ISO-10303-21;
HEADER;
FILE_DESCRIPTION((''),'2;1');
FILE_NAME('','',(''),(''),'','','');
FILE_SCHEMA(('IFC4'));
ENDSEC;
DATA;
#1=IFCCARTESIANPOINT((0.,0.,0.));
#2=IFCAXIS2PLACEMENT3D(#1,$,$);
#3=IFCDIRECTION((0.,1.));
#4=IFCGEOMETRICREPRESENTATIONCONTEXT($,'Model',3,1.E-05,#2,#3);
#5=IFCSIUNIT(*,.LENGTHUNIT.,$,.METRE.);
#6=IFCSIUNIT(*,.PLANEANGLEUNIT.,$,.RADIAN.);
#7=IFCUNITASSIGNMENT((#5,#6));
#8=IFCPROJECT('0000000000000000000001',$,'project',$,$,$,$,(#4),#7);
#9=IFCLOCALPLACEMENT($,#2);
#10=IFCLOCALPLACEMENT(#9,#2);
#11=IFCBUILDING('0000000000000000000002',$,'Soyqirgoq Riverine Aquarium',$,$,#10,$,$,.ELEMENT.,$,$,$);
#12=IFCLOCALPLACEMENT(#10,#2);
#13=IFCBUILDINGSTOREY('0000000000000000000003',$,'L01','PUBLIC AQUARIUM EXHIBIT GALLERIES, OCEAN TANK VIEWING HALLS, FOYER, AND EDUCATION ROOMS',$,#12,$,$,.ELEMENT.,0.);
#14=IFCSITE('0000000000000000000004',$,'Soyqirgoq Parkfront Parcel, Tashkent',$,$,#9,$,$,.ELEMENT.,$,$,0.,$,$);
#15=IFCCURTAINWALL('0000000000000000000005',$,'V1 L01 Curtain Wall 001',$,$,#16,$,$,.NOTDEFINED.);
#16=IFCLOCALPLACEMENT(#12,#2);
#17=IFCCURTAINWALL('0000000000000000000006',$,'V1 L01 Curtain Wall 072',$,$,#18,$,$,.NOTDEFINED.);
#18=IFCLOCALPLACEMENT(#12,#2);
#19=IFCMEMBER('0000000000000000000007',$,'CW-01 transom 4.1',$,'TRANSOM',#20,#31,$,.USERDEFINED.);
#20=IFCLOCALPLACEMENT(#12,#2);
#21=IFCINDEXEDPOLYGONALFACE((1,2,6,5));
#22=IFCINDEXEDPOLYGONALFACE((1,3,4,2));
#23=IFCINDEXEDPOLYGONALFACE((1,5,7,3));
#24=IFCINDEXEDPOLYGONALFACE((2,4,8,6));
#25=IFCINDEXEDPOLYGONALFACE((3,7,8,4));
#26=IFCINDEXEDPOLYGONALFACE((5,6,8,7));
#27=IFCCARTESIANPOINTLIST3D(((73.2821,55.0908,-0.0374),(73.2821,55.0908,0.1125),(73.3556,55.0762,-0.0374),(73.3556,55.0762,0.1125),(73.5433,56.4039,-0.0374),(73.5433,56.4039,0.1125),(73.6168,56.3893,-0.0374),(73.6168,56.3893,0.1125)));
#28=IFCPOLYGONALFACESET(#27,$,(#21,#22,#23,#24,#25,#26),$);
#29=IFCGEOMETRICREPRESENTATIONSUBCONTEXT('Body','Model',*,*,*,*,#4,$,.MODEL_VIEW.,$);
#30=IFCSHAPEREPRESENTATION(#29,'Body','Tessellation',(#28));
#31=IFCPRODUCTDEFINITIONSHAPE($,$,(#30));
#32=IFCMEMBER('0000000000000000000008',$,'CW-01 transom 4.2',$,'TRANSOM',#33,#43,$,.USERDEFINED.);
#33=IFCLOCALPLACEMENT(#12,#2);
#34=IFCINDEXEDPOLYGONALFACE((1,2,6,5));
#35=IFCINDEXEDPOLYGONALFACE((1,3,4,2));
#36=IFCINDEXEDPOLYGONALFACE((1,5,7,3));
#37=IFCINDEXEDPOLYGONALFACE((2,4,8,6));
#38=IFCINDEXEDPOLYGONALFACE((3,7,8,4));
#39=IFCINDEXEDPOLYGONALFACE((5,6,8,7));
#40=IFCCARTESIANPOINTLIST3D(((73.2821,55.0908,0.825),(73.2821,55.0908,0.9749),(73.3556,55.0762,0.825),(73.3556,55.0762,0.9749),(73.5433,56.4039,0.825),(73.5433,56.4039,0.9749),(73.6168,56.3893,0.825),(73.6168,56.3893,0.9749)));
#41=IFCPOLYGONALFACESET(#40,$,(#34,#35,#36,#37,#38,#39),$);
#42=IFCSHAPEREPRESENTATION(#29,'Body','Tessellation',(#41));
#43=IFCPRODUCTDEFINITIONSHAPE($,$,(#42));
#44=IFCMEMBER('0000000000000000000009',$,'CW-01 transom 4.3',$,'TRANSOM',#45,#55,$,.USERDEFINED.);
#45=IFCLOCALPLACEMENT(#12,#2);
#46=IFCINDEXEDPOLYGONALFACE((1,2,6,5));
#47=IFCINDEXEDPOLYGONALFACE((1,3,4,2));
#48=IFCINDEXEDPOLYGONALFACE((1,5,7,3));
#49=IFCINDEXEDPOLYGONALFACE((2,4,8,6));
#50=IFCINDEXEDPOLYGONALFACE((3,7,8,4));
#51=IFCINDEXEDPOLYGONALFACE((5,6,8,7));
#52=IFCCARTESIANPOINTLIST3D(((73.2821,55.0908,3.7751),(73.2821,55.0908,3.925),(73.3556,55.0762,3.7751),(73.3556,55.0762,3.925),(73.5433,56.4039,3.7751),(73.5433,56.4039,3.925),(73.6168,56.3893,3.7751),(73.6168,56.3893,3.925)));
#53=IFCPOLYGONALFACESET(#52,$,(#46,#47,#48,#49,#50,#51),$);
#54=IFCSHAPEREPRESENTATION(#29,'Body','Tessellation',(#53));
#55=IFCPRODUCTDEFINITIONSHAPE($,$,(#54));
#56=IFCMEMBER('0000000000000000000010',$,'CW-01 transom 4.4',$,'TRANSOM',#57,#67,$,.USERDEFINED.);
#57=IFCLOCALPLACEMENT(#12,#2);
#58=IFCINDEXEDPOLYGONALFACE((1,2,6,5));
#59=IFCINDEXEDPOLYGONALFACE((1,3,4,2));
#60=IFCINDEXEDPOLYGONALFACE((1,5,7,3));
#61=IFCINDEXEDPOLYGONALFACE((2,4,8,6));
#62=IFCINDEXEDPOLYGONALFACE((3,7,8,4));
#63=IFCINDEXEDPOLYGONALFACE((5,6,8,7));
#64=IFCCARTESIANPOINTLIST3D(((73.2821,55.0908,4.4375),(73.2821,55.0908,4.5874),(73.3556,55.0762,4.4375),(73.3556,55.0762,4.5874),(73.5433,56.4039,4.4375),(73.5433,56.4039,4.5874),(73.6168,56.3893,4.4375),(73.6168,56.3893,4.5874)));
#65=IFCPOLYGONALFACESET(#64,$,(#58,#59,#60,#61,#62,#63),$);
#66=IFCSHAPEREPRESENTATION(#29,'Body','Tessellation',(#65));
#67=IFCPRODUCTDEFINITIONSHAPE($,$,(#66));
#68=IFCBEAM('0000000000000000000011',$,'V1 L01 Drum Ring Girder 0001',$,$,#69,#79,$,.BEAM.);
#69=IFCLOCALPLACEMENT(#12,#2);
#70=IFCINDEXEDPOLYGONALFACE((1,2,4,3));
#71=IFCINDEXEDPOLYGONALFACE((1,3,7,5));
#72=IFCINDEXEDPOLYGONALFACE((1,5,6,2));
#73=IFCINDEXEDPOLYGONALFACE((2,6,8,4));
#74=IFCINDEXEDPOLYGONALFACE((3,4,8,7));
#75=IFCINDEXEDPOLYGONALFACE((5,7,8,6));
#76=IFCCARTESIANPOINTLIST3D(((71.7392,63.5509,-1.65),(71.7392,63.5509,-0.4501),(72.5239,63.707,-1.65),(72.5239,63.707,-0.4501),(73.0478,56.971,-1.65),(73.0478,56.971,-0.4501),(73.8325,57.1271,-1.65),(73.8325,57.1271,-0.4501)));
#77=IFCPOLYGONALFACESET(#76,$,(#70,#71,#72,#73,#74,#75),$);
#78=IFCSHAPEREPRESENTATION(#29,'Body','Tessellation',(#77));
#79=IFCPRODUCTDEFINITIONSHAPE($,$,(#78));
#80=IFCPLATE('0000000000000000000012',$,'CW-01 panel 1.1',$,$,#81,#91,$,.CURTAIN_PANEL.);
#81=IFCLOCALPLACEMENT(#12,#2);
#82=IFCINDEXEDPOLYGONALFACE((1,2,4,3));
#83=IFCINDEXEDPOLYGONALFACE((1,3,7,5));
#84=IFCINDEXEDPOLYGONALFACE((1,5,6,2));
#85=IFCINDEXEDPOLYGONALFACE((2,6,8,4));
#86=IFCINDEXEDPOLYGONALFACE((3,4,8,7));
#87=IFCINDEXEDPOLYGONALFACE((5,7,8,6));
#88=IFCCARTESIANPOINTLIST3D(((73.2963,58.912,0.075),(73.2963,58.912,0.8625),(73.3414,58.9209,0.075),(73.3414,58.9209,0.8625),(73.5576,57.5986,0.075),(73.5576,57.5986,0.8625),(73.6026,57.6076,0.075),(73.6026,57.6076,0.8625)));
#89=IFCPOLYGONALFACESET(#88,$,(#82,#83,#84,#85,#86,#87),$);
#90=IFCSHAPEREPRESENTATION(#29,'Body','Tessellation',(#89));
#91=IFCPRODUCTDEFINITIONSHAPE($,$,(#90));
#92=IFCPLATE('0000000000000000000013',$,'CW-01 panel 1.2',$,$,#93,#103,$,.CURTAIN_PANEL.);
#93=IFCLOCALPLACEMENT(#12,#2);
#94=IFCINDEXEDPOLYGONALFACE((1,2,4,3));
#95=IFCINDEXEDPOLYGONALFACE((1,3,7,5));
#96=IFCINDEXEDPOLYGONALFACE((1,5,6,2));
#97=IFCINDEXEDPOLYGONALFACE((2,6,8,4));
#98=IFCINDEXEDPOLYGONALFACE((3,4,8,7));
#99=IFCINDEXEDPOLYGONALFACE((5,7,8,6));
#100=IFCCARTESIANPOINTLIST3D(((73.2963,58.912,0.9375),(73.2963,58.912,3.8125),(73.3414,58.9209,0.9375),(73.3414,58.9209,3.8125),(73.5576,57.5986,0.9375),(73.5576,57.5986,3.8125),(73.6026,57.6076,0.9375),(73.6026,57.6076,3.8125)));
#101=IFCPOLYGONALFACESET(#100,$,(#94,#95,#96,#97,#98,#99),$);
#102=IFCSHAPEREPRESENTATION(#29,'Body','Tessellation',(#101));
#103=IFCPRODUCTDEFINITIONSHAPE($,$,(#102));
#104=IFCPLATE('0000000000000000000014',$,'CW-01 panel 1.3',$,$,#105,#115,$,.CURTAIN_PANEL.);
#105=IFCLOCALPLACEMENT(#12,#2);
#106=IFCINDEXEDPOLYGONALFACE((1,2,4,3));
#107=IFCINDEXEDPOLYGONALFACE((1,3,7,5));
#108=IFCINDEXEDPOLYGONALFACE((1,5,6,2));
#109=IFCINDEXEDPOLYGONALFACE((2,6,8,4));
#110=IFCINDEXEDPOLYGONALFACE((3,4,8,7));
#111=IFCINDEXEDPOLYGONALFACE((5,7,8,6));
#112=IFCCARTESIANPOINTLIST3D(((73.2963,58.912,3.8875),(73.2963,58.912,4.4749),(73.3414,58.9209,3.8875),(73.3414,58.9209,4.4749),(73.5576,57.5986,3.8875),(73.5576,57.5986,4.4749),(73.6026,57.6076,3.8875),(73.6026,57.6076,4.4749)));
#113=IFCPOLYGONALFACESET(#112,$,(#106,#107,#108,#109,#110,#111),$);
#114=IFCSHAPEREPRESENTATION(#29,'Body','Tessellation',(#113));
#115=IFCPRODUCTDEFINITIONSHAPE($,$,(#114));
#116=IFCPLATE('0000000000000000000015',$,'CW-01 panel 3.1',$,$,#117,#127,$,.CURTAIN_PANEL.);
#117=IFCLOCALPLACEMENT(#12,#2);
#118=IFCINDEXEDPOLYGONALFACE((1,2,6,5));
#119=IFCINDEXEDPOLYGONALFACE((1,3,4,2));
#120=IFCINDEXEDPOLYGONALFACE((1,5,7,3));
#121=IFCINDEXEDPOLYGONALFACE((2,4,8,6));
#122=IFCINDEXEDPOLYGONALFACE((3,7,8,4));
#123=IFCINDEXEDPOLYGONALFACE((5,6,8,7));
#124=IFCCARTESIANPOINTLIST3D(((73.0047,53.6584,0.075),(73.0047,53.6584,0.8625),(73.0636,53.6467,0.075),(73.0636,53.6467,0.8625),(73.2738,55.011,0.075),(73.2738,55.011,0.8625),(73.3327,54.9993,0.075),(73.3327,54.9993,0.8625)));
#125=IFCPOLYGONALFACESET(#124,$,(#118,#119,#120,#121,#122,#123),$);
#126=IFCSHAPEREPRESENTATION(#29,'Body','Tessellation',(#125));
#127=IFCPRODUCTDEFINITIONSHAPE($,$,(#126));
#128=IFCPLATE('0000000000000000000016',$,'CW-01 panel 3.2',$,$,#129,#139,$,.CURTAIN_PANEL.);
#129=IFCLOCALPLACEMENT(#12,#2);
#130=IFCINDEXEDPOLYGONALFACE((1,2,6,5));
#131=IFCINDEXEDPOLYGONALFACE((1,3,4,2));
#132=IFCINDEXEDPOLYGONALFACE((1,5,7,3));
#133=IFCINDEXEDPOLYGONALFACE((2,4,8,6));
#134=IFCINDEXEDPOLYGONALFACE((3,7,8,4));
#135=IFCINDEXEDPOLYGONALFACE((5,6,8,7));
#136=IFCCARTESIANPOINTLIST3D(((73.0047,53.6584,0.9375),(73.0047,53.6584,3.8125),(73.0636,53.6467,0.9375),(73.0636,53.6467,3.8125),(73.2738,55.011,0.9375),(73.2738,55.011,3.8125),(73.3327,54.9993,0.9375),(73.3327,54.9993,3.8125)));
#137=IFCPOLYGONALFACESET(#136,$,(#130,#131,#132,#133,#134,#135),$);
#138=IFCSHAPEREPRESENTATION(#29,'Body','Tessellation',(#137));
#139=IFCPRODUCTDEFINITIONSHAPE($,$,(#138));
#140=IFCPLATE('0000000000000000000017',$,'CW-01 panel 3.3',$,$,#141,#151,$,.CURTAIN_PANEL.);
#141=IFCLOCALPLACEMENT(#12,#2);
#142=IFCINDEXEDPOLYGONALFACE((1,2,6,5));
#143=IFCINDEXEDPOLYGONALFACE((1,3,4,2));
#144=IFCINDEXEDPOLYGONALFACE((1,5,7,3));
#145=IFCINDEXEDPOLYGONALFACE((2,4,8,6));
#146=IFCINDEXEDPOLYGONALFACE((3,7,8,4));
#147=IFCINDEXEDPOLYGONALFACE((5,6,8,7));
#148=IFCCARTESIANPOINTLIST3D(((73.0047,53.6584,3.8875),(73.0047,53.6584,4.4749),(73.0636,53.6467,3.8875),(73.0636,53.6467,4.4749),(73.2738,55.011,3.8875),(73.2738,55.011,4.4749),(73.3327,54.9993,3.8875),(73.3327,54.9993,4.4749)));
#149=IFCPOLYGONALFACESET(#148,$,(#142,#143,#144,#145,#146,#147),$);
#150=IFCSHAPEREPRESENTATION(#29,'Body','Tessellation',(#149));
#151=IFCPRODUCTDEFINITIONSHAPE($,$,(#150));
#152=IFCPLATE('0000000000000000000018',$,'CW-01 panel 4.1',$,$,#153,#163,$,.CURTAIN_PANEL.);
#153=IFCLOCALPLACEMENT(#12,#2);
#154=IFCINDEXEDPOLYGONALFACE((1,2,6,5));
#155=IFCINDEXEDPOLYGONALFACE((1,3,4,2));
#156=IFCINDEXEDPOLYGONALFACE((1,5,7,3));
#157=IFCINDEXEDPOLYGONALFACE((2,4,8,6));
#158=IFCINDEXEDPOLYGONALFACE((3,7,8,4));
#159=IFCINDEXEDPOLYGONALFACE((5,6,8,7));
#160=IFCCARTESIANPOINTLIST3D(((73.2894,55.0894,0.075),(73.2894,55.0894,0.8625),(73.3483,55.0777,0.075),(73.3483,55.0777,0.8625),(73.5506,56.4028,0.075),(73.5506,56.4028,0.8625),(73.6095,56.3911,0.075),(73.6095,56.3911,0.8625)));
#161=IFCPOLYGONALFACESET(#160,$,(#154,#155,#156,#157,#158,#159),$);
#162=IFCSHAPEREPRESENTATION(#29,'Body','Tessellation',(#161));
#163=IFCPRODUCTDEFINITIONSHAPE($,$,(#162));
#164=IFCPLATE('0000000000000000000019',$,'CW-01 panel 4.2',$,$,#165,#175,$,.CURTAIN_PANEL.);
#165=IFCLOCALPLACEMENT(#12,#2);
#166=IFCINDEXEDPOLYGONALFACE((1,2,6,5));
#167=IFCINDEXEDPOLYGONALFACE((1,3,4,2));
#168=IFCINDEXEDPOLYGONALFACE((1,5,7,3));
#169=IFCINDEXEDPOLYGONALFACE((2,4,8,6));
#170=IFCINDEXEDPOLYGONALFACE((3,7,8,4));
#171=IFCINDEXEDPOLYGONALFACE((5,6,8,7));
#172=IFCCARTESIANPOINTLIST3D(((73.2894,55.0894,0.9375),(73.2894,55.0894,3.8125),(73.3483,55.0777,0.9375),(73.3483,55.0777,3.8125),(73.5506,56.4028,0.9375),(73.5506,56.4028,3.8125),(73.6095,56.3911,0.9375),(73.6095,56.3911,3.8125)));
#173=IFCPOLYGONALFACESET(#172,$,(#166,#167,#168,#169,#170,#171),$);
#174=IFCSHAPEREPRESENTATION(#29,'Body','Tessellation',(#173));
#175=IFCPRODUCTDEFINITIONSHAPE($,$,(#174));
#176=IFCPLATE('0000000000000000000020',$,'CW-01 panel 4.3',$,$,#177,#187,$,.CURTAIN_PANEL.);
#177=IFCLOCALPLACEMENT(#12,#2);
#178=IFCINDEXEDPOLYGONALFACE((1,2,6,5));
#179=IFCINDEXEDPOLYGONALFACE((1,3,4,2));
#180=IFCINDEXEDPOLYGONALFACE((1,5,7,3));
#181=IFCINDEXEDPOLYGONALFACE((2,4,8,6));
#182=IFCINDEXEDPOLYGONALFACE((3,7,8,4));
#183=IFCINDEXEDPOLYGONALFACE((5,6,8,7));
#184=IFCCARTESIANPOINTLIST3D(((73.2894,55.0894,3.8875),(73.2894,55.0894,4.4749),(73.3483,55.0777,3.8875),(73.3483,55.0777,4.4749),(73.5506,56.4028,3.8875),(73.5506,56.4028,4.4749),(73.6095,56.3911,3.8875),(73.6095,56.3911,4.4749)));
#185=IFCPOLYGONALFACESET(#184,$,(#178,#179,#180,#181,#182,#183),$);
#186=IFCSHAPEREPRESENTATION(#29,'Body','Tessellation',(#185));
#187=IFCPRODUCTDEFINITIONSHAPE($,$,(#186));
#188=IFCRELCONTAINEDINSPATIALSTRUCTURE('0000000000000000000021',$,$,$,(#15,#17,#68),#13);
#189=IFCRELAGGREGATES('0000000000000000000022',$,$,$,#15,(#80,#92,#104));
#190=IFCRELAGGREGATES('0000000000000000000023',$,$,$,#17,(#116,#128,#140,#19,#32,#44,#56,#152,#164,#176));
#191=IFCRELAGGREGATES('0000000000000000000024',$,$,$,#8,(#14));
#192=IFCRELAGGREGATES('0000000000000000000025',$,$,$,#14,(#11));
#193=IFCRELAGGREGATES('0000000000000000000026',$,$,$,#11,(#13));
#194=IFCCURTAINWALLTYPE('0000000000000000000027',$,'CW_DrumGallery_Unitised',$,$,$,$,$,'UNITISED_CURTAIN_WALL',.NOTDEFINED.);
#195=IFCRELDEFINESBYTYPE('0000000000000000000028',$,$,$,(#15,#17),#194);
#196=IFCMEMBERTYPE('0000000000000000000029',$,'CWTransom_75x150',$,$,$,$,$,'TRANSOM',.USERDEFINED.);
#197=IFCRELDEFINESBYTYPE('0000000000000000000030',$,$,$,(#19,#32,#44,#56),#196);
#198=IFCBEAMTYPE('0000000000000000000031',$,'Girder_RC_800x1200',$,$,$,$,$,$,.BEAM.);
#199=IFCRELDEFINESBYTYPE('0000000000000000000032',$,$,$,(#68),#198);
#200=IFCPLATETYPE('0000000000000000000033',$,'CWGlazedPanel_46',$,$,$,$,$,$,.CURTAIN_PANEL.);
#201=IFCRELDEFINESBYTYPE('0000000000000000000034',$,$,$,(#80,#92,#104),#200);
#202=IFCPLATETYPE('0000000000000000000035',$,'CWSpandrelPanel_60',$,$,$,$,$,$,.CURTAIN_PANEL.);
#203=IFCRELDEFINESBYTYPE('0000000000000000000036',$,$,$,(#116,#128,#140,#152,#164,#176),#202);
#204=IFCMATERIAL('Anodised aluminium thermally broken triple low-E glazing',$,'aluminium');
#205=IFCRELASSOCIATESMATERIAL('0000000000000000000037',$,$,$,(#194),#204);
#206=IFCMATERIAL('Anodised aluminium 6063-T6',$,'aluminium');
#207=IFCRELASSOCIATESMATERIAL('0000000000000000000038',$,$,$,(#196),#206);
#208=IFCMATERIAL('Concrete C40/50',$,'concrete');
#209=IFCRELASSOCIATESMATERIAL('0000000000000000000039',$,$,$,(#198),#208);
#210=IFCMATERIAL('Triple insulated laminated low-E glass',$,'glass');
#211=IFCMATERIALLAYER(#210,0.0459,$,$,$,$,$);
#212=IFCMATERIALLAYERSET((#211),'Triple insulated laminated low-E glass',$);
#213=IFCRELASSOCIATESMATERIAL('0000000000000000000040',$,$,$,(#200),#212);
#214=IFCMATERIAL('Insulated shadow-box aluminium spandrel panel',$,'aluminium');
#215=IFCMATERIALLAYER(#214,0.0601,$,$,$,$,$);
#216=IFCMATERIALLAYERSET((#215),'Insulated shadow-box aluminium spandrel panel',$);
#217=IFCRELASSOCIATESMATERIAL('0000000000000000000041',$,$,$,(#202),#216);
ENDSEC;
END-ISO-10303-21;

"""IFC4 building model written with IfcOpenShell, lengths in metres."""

from ifc_helpers import new_model, si_unit, direction, frame, origin, origin_2d, place, context, subcontext, project, spatial, rectangle, extrude, material, layer, layer_set, material_profile, profile_set, type_object, element, aggregate, save


model = new_model("IFC4")

# Units and contexts
model_context = context("Model", 3, precision=1e-05, world=origin(), true_north=direction((0.0, 1.0)))
body_context = subcontext(model_context, "Body", "Model", "MODEL_VIEW")
ifc_project = project(units=[si_unit("LENGTHUNIT", "METRE"), si_unit("PLANEANGLEUNIT", "RADIAN")], contexts=[model_context])

# Site, building, storey
site_placement = place(None, origin())
site = spatial("IfcSite", under=ifc_project, at=site_placement, Name="Soyqirgoq Parkfront Parcel, Tashkent", CompositionType="ELEMENT", RefElevation=0.0)
building_placement = place(site_placement, origin())
building = spatial("IfcBuilding", under=site, at=building_placement, Name="Soyqirgoq Riverine Aquarium", CompositionType="ELEMENT")
storey_placement = place(building_placement, origin())
storey = spatial("IfcBuildingStorey", under=building, at=storey_placement, Name="L01", Description="PUBLIC AQUARIUM EXHIBIT GALLERIES, OCEAN TANK VIEWING HALLS, FOYER, AND EDUCATION ROOMS", CompositionType="ELEMENT", Elevation=0.0)

# Curtain walls
ifc_material_1 = material(Name="Anodised aluminium thermally broken triple low-E glazing", Category="aluminium")
curtain_wall_type = type_object("IfcCurtainWallType", Name="CW_DrumGallery_Unitised", ElementType="UNITISED_CURTAIN_WALL", PredefinedType="NOTDEFINED", material=ifc_material_1)
curtain_wall_1_placement = place(storey_placement, origin())
curtain_wall_1 = element("IfcCurtainWall", 1, at=curtain_wall_1_placement, inside=storey, type_object=curtain_wall_type, Name="V1 L01 Curtain Wall 001", PredefinedType="NOTDEFINED")
curtain_wall_2_placement = place(storey_placement, origin())
curtain_wall_2 = element("IfcCurtainWall", 2, at=curtain_wall_2_placement, inside=storey, type_object=curtain_wall_type, Name="V1 L01 Curtain Wall 072", PredefinedType="NOTDEFINED")

# Members
ifc_material_2 = material(Name="Anodised aluminium 6063-T6", Category="aluminium")
ifc_material_profile_1 = material_profile(ifc_material_2, rectangle(XDim=0.075, YDim=0.1499, at=origin_2d()), Name="ALU-T 75x150")
ifc_profile_set_1 = profile_set([ifc_material_profile_1], Name="Anodised aluminium 6063-T6")
member_type_1 = type_object("IfcMemberType", Name="CWTransom_75x150", ElementType="TRANSOM", PredefinedType="USERDEFINED", material=ifc_profile_set_1)
member_1_placement = place(storey_placement, frame((73.3188, 55.0835, 0.0376), z_axis=(0.195099, 0.980784, 0.0), x_axis=(-0.980784, 0.195099, 0.0)))
member_1 = element("IfcMember", 3, at=member_1_placement, type_object=member_type_1, Name="CW-01 transom 4.1", ObjectType="TRANSOM", PredefinedType="USERDEFINED", context=body_context, shape_type="SweptSolid", body=[
    extrude(rectangle(XDim=0.075, YDim=0.1499, at=origin_2d()), origin(), (0.0, 0.0, 1.0), 1.3389),
])
member_2_placement = place(storey_placement, frame((73.3188, 55.0835, 0.8999), z_axis=(0.195099, 0.980784, 0.0), x_axis=(-0.980784, 0.195099, 0.0)))
member_2 = element("IfcMember", 4, at=member_2_placement, type_object=member_type_1, Name="CW-01 transom 4.2", ObjectType="TRANSOM", PredefinedType="USERDEFINED", context=body_context, shape_type="SweptSolid", body=[
    extrude(rectangle(XDim=0.075, YDim=0.1499, at=origin_2d()), origin(), (0.0, 0.0, 1.0), 1.3389),
])
member_3_placement = place(storey_placement, frame((73.3188, 55.0835, 3.8501), z_axis=(0.195099, 0.980784, 0.0), x_axis=(-0.980784, 0.195099, 0.0)))
member_3 = element("IfcMember", 5, at=member_3_placement, type_object=member_type_1, Name="CW-01 transom 4.3", ObjectType="TRANSOM", PredefinedType="USERDEFINED", context=body_context, shape_type="SweptSolid", body=[
    extrude(rectangle(XDim=0.075, YDim=0.1499, at=origin_2d()), origin(), (0.0, 0.0, 1.0), 1.3389),
])
member_4_placement = place(storey_placement, frame((73.3188, 55.0835, 4.5125), z_axis=(0.195099, 0.980784, 0.0), x_axis=(-0.980784, 0.195099, 0.0)))
member_4 = element("IfcMember", 6, at=member_4_placement, type_object=member_type_1, Name="CW-01 transom 4.4", ObjectType="TRANSOM", PredefinedType="USERDEFINED", context=body_context, shape_type="SweptSolid", body=[
    extrude(rectangle(XDim=0.075, YDim=0.1499, at=origin_2d()), origin(), (0.0, 0.0, 1.0), 1.3389),
])

# Beam
ifc_material_3 = material(Name="Concrete C40/50", Category="concrete")
ifc_material_profile_2 = material_profile(ifc_material_3, rectangle(XDim=0.8, YDim=1.2, at=origin_2d()), Name="RC 800x1200")
ifc_profile_set_2 = profile_set([ifc_material_profile_2], Name="Concrete C40/50")
beam_type = type_object("IfcBeamType", Name="Girder_RC_800x1200", PredefinedType="BEAM", material=ifc_profile_set_2)
beam_placement = place(storey_placement, frame((73.4402, 57.0491, -1.05), z_axis=(-0.195059, 0.980791, 0.0), x_axis=(-0.980791, -0.195059, 0.0)))
element("IfcBeam", 7, at=beam_placement, inside=storey, type_object=beam_type, Name="V1 L01 Drum Ring Girder 0001", PredefinedType="BEAM", context=body_context, shape_type="SweptSolid", body=[
    extrude(rectangle(XDim=0.8, YDim=1.2, at=origin_2d()), origin(), (0.0, 0.0, 1.0), 6.7087),
])

# Plates
ifc_material_4 = material(Name="Triple insulated laminated low-E glass", Category="glass")
ifc_layer_1 = layer(ifc_material_4, 0.0459)
ifc_layer_set_1 = layer_set([ifc_layer_1], Name="Triple insulated laminated low-E glass")
plate_type_1 = type_object("IfcPlateType", Name="CWGlazedPanel_46", PredefinedType="CURTAIN_PANEL", material=ifc_layer_set_1)
plate_1_placement = place(storey_placement, frame((73.4495, 58.2598, 0.075), z_axis=(0.0, 0.0, 1.0), x_axis=(-0.195075, 0.980788, 0.0)))
plate_1 = element("IfcPlate", 8, at=plate_1_placement, type_object=plate_type_1, Name="CW-01 panel 1.1", PredefinedType="CURTAIN_PANEL", context=body_context, shape_type="SweptSolid", body=[
    extrude(rectangle(XDim=1.3391, YDim=0.0459, at=origin_2d()), origin(), (0.0, 0.0, 1.0), 0.7876),
])
plate_2_placement = place(storey_placement, frame((73.4495, 58.2598, 0.9375), z_axis=(0.0, 0.0, 1.0), x_axis=(-0.195075, 0.980788, 0.0)))
plate_2 = element("IfcPlate", 9, at=plate_2_placement, type_object=plate_type_1, Name="CW-01 panel 1.2", PredefinedType="CURTAIN_PANEL", context=body_context, shape_type="SweptSolid", body=[
    extrude(rectangle(XDim=1.3391, YDim=0.0459, at=origin_2d()), origin(), (0.0, 0.0, 1.0), 2.875),
])
plate_3_placement = place(storey_placement, frame((73.4495, 58.2598, 3.8875), z_axis=(0.0, 0.0, 1.0), x_axis=(-0.195075, 0.980788, 0.0)))
plate_3 = element("IfcPlate", 10, at=plate_3_placement, type_object=plate_type_1, Name="CW-01 panel 1.3", PredefinedType="CURTAIN_PANEL", context=body_context, shape_type="SweptSolid", body=[
    extrude(rectangle(XDim=1.3391, YDim=0.0459, at=origin_2d()), origin(), (0.0, 0.0, 1.0), 0.5874),
])
aggregate(curtain_wall_1, [plate_1, plate_2, plate_3])
ifc_material_5 = material(Name="Insulated shadow-box aluminium spandrel panel", Category="aluminium")
ifc_layer_2 = layer(ifc_material_5, 0.0601)
ifc_layer_set_2 = layer_set([ifc_layer_2], Name="Insulated shadow-box aluminium spandrel panel")
plate_type_2 = type_object("IfcPlateType", Name="CWSpandrelPanel_60", PredefinedType="CURTAIN_PANEL", material=ifc_layer_set_2)
plate_4_placement = place(storey_placement, frame((73.1687, 54.3289, 0.075), z_axis=(0.0, 0.0, 1.0), x_axis=(0.195075, 0.980788, 0.0)))
plate_4 = element("IfcPlate", 11, at=plate_4_placement, type_object=plate_type_2, Name="CW-01 panel 3.1", PredefinedType="CURTAIN_PANEL", context=body_context, shape_type="SweptSolid", body=[
    extrude(rectangle(XDim=1.3792, YDim=0.0601, at=origin_2d()), origin(), (0.0, 0.0, 1.0), 0.7876),
])
plate_5_placement = place(storey_placement, frame((73.1687, 54.3289, 0.9375), z_axis=(0.0, 0.0, 1.0), x_axis=(0.195075, 0.980788, 0.0)))
plate_5 = element("IfcPlate", 12, at=plate_5_placement, type_object=plate_type_2, Name="CW-01 panel 3.2", PredefinedType="CURTAIN_PANEL", context=body_context, shape_type="SweptSolid", body=[
    extrude(rectangle(XDim=1.3792, YDim=0.0601, at=origin_2d()), origin(), (0.0, 0.0, 1.0), 2.875),
])
plate_6_placement = place(storey_placement, frame((73.1687, 54.3289, 3.8875), z_axis=(0.0, 0.0, 1.0), x_axis=(0.195075, 0.980788, 0.0)))
plate_6 = element("IfcPlate", 13, at=plate_6_placement, type_object=plate_type_2, Name="CW-01 panel 3.3", PredefinedType="CURTAIN_PANEL", context=body_context, shape_type="SweptSolid", body=[
    extrude(rectangle(XDim=1.3792, YDim=0.0601, at=origin_2d()), origin(), (0.0, 0.0, 1.0), 0.5874),
])
plate_7_placement = place(storey_placement, frame((73.4495, 55.7402, 0.075), z_axis=(0.0, 0.0, 1.0), x_axis=(0.195075, 0.980788, 0.0)))
plate_7 = element("IfcPlate", 14, at=plate_7_placement, type_object=plate_type_2, Name="CW-01 panel 4.1", PredefinedType="CURTAIN_PANEL", context=body_context, shape_type="SweptSolid", body=[
    extrude(rectangle(XDim=1.3391, YDim=0.0601, at=origin_2d()), origin(), (0.0, 0.0, 1.0), 0.7876),
])
plate_8_placement = place(storey_placement, frame((73.4495, 55.7402, 0.9375), z_axis=(0.0, 0.0, 1.0), x_axis=(0.195075, 0.980788, 0.0)))
plate_8 = element("IfcPlate", 15, at=plate_8_placement, type_object=plate_type_2, Name="CW-01 panel 4.2", PredefinedType="CURTAIN_PANEL", context=body_context, shape_type="SweptSolid", body=[
    extrude(rectangle(XDim=1.3391, YDim=0.0601, at=origin_2d()), origin(), (0.0, 0.0, 1.0), 2.875),
])
plate_9_placement = place(storey_placement, frame((73.4495, 55.7402, 3.8875), z_axis=(0.0, 0.0, 1.0), x_axis=(0.195075, 0.980788, 0.0)))
plate_9 = element("IfcPlate", 16, at=plate_9_placement, type_object=plate_type_2, Name="CW-01 panel 4.3", PredefinedType="CURTAIN_PANEL", context=body_context, shape_type="SweptSolid", body=[
    extrude(rectangle(XDim=1.3391, YDim=0.0601, at=origin_2d()), origin(), (0.0, 0.0, 1.0), 0.5874),
])
aggregate(curtain_wall_2, [plate_4, plate_5, plate_6, member_1, member_2, member_3, member_4, plate_7, plate_8, plate_9])

save(model, "model.ifc")
